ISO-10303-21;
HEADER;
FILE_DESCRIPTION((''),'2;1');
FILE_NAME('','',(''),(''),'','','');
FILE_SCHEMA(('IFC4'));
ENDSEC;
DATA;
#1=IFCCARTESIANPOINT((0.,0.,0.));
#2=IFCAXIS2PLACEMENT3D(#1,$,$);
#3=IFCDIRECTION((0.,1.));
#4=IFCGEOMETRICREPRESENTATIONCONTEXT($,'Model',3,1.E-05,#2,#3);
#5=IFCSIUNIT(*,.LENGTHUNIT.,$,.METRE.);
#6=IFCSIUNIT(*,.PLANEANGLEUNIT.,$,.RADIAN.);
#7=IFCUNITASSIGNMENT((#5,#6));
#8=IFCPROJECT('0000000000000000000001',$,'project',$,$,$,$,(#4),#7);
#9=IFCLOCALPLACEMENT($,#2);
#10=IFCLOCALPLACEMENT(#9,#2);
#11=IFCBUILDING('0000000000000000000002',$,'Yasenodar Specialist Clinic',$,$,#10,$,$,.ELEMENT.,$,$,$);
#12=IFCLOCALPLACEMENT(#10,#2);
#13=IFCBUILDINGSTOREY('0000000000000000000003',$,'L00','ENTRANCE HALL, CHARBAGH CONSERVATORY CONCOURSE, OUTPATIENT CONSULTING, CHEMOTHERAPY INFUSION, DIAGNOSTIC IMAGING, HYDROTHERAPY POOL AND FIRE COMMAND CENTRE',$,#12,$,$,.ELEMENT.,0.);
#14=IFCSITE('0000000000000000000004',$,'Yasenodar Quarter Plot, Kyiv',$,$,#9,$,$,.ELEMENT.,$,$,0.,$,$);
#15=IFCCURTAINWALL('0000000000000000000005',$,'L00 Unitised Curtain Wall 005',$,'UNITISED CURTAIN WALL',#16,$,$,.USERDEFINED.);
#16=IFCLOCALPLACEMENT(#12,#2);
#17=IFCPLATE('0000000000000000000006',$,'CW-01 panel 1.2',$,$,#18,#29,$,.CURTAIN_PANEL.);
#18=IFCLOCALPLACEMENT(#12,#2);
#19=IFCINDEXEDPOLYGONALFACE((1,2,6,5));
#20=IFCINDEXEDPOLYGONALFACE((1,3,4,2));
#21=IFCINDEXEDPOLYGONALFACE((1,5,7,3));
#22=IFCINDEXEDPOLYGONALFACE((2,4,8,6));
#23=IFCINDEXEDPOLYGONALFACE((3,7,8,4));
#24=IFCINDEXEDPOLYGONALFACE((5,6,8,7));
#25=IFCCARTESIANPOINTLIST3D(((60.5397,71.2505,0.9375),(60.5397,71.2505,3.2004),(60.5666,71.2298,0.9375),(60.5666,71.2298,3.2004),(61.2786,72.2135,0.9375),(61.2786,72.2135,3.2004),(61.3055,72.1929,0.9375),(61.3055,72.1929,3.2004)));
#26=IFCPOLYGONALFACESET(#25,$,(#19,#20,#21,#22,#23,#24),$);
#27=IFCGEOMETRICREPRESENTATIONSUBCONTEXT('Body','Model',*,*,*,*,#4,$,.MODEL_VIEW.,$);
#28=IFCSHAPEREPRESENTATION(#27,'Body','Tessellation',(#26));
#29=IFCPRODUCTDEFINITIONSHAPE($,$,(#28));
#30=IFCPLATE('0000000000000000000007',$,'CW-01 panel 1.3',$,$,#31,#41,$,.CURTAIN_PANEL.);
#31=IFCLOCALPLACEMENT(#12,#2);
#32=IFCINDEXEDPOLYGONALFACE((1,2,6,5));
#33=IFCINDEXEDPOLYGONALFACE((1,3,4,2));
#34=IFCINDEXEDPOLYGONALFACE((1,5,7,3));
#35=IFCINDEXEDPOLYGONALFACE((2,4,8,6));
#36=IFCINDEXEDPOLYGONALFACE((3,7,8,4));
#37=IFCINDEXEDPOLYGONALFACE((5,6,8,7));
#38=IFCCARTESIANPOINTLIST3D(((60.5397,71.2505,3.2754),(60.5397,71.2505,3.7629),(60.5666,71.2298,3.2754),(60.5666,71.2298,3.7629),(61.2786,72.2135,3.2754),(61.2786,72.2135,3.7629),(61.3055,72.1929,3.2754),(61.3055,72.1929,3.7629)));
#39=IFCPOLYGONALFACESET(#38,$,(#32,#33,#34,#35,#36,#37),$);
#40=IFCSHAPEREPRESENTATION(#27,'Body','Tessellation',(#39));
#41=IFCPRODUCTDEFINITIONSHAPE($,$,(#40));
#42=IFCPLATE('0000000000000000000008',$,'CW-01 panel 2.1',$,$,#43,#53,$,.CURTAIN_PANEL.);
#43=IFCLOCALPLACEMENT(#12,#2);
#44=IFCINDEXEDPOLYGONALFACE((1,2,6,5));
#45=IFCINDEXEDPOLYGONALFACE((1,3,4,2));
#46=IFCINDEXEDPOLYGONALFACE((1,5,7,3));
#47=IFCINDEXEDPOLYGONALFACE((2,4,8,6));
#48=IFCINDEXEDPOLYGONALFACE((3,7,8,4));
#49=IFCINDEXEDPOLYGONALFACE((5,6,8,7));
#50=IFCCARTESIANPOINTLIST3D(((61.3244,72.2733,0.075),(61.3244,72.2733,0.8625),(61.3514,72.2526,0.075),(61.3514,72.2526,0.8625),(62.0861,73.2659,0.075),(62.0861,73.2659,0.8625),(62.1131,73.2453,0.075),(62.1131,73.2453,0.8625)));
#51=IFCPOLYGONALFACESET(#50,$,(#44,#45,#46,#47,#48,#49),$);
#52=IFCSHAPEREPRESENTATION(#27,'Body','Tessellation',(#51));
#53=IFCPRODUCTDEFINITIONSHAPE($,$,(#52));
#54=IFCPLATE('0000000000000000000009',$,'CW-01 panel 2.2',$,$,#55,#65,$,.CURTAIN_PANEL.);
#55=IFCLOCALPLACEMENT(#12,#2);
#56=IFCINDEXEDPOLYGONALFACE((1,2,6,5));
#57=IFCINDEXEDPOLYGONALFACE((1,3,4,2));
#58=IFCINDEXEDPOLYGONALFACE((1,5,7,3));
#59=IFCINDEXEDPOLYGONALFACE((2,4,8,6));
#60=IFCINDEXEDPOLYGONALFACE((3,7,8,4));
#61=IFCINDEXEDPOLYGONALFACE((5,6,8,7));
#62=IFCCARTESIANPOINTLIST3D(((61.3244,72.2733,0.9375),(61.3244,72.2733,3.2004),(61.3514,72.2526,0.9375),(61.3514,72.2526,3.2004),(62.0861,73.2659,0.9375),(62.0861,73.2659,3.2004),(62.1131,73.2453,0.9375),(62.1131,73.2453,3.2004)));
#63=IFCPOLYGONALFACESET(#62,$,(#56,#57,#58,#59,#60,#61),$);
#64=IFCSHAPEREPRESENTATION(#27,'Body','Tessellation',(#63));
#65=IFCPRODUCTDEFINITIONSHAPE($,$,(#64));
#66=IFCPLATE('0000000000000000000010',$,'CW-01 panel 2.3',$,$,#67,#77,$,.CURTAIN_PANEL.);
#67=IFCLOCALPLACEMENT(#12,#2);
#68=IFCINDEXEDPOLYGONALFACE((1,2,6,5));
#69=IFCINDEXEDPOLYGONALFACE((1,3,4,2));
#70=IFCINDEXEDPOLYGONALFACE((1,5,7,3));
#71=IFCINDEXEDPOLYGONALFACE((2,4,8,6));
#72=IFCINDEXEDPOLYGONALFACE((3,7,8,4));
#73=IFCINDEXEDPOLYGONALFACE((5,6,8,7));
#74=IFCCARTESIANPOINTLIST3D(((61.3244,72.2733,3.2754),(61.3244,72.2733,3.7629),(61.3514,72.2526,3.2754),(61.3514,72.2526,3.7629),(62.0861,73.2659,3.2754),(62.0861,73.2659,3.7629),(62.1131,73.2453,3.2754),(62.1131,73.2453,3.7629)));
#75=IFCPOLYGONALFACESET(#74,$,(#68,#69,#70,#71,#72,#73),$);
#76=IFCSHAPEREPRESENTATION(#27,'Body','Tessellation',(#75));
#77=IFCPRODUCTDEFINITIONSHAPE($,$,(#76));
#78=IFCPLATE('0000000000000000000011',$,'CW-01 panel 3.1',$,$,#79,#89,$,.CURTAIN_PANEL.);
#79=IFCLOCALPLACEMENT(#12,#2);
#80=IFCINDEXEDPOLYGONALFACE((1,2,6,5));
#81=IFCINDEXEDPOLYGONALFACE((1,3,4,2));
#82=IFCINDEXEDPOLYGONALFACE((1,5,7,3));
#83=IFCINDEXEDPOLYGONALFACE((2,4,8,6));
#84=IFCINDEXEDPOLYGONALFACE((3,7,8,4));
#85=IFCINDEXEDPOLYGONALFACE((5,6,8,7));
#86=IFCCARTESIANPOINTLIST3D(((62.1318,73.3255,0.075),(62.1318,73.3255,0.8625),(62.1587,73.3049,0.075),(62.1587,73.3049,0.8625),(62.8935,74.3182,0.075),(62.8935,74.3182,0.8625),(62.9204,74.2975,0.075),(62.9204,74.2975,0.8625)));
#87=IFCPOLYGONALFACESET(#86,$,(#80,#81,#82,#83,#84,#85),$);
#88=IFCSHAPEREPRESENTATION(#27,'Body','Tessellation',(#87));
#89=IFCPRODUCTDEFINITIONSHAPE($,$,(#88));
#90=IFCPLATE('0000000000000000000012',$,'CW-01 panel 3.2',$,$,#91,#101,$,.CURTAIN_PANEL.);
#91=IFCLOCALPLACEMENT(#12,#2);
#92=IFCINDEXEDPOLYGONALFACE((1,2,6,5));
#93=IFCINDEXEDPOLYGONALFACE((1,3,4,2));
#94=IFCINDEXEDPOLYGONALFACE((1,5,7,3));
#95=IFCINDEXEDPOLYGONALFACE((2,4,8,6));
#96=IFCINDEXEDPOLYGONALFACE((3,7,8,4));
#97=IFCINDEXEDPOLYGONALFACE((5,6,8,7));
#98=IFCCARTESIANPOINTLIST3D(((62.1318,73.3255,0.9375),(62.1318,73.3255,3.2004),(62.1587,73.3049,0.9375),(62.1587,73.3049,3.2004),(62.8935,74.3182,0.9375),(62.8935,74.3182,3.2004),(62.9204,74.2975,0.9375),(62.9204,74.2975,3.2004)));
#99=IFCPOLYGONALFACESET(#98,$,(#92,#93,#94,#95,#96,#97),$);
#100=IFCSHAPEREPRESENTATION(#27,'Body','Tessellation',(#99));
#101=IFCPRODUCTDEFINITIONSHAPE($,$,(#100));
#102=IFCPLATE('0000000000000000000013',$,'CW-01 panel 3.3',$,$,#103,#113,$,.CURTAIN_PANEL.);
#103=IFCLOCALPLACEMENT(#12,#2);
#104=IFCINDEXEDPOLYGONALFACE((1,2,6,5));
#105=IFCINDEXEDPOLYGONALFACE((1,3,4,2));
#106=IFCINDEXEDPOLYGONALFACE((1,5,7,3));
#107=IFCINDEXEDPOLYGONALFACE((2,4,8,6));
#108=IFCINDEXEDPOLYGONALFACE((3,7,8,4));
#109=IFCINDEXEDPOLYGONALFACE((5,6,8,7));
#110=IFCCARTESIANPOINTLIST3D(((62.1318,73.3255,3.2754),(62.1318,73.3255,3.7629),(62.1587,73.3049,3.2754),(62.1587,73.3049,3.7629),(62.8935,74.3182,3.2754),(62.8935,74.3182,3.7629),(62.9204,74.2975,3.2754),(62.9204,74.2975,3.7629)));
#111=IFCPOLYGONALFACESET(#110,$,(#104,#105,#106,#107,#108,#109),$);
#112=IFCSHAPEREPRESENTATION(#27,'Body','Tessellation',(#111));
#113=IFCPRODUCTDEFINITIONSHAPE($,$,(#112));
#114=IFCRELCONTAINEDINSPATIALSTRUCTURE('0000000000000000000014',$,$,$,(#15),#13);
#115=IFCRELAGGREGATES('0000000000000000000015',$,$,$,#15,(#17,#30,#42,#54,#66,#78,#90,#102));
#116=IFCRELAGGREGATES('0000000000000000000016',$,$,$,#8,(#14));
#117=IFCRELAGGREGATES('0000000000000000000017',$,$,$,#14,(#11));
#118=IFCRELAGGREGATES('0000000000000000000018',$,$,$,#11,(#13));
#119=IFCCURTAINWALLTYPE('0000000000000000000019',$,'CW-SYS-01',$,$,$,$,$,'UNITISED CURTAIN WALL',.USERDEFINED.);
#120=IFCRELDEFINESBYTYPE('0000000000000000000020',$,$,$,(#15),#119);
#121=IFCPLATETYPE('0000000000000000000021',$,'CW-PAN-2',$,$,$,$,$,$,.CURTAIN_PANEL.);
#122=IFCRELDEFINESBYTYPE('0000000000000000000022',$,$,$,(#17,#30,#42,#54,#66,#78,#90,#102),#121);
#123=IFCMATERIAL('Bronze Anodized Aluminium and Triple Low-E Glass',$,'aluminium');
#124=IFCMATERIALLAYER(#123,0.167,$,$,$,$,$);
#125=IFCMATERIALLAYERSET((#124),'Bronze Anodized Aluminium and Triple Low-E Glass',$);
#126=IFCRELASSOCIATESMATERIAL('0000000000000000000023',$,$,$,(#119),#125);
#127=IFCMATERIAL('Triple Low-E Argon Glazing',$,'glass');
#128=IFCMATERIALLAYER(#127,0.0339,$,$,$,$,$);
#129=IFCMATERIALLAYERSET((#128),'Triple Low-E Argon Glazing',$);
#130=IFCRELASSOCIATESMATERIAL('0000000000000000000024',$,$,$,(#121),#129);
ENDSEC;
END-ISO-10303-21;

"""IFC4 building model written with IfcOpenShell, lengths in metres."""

from ifc_helpers import new_model, si_unit, direction, frame, origin, origin_2d, place, context, subcontext, project, spatial, rectangle, extrude, material, layer, layer_set, type_object, element, aggregate, save


model = new_model("IFC4")

# Units and contexts
model_context = context("Model", 3, precision=1e-05, world=origin(), true_north=direction((0.0, 1.0)))
body_context = subcontext(model_context, "Body", "Model", "MODEL_VIEW")
ifc_project = project(units=[si_unit("LENGTHUNIT", "METRE"), si_unit("PLANEANGLEUNIT", "RADIAN")], contexts=[model_context])

# Site, building, storey
site_placement = place(None, origin())
site = spatial("IfcSite", under=ifc_project, at=site_placement, Name="Yasenodar Quarter Plot, Kyiv", CompositionType="ELEMENT", RefElevation=0.0)
building_placement = place(site_placement, origin())
building = spatial("IfcBuilding", under=site, at=building_placement, Name="Yasenodar Specialist Clinic", CompositionType="ELEMENT")
storey_placement = place(building_placement, origin())
storey = spatial("IfcBuildingStorey", under=building, at=storey_placement, Name="L00", Description="ENTRANCE HALL, CHARBAGH CONSERVATORY CONCOURSE, OUTPATIENT CONSULTING, CHEMOTHERAPY INFUSION, DIAGNOSTIC IMAGING, HYDROTHERAPY POOL AND FIRE COMMAND CENTRE", CompositionType="ELEMENT", Elevation=0.0)

# Curtain wall, plates
ifc_material_1 = material(Name="Bronze Anodized Aluminium and Triple Low-E Glass", Category="aluminium")
ifc_layer_1 = layer(ifc_material_1, 0.167)
ifc_layer_set_1 = layer_set([ifc_layer_1], Name="Bronze Anodized Aluminium and Triple Low-E Glass")
curtain_wall_type = type_object("IfcCurtainWallType", Name="CW-SYS-01", ElementType="UNITISED CURTAIN WALL", PredefinedType="USERDEFINED", material=ifc_layer_set_1)
curtain_wall_placement = place(storey_placement, origin())
curtain_wall = element("IfcCurtainWall", 1, at=curtain_wall_placement, inside=storey, type_object=curtain_wall_type, Name="L00 Unitised Curtain Wall 005", ObjectType="UNITISED CURTAIN WALL", PredefinedType="USERDEFINED")
ifc_material_2 = material(Name="Triple Low-E Argon Glazing", Category="glass")
ifc_layer_2 = layer(ifc_material_2, 0.0339)
ifc_layer_set_2 = layer_set([ifc_layer_2], Name="Triple Low-E Argon Glazing")
plate_type = type_object("IfcPlateType", Name="CW-PAN-2", PredefinedType="CURTAIN_PANEL", material=ifc_layer_set_2)
plate_1_placement = place(storey_placement, frame((60.9226, 71.7217, 0.9375), z_axis=(0.0, 0.0, 1.0), x_axis=(0.608752, 0.793361, 0.0)))
plate_1 = element("IfcPlate", 2, at=plate_1_placement, type_object=plate_type, Name="CW-01 panel 1.2", PredefinedType="CURTAIN_PANEL", context=body_context, shape_type="SweptSolid", body=[
    extrude(rectangle(XDim=1.2139, YDim=0.0339, at=origin_2d()), origin(), (0.0, 0.0, 1.0), 2.2629),
])
plate_2_placement = place(storey_placement, frame((60.9226, 71.7217, 3.2754), z_axis=(0.0, 0.0, 1.0), x_axis=(0.608752, 0.793361, 0.0)))
plate_2 = element("IfcPlate", 3, at=plate_2_placement, type_object=plate_type, Name="CW-01 panel 1.3", PredefinedType="CURTAIN_PANEL", context=body_context, shape_type="SweptSolid", body=[
    extrude(rectangle(XDim=1.2139, YDim=0.0339, at=origin_2d()), origin(), (0.0, 0.0, 1.0), 0.4875),
])
plate_3_placement = place(storey_placement, frame((61.7188, 72.7593, 0.075), z_axis=(0.0, 0.0, 1.0), x_axis=(0.608752, 0.793361, 0.0)))
plate_3 = element("IfcPlate", 4, at=plate_3_placement, type_object=plate_type, Name="CW-01 panel 2.1", PredefinedType="CURTAIN_PANEL", context=body_context, shape_type="SweptSolid", body=[
    extrude(rectangle(XDim=1.2512, YDim=0.0339, at=origin_2d()), origin(), (0.0, 0.0, 1.0), 0.7876),
])
plate_4_placement = place(storey_placement, frame((61.7188, 72.7593, 0.9375), z_axis=(0.0, 0.0, 1.0), x_axis=(0.608752, 0.793361, 0.0)))
plate_4 = element("IfcPlate", 5, at=plate_4_placement, type_object=plate_type, Name="CW-01 panel 2.2", PredefinedType="CURTAIN_PANEL", context=body_context, shape_type="SweptSolid", body=[
    extrude(rectangle(XDim=1.2512, YDim=0.0339, at=origin_2d()), origin(), (0.0, 0.0, 1.0), 2.2629),
])
plate_5_placement = place(storey_placement, frame((61.7188, 72.7593, 3.2754), z_axis=(0.0, 0.0, 1.0), x_axis=(0.608752, 0.793361, 0.0)))
plate_5 = element("IfcPlate", 6, at=plate_5_placement, type_object=plate_type, Name="CW-01 panel 2.3", PredefinedType="CURTAIN_PANEL", context=body_context, shape_type="SweptSolid", body=[
    extrude(rectangle(XDim=1.2512, YDim=0.0339, at=origin_2d()), origin(), (0.0, 0.0, 1.0), 0.4875),
])
plate_6_placement = place(storey_placement, frame((62.5261, 73.8115, 0.075), z_axis=(0.0, 0.0, 1.0), x_axis=(0.608752, 0.793361, 0.0)))
plate_6 = element("IfcPlate", 7, at=plate_6_placement, type_object=plate_type, Name="CW-01 panel 3.1", PredefinedType="CURTAIN_PANEL", context=body_context, shape_type="SweptSolid", body=[
    extrude(rectangle(XDim=1.2512, YDim=0.0339, at=origin_2d()), origin(), (0.0, 0.0, 1.0), 0.7876),
])
plate_7_placement = place(storey_placement, frame((62.5261, 73.8115, 0.9375), z_axis=(0.0, 0.0, 1.0), x_axis=(0.608752, 0.793361, 0.0)))
plate_7 = element("IfcPlate", 8, at=plate_7_placement, type_object=plate_type, Name="CW-01 panel 3.2", PredefinedType="CURTAIN_PANEL", context=body_context, shape_type="SweptSolid", body=[
    extrude(rectangle(XDim=1.2512, YDim=0.0339, at=origin_2d()), origin(), (0.0, 0.0, 1.0), 2.2629),
])
plate_8_placement = place(storey_placement, frame((62.5261, 73.8115, 3.2754), z_axis=(0.0, 0.0, 1.0), x_axis=(0.608752, 0.793361, 0.0)))
plate_8 = element("IfcPlate", 9, at=plate_8_placement, type_object=plate_type, Name="CW-01 panel 3.3", PredefinedType="CURTAIN_PANEL", context=body_context, shape_type="SweptSolid", body=[
    extrude(rectangle(XDim=1.2512, YDim=0.0339, at=origin_2d()), origin(), (0.0, 0.0, 1.0), 0.4875),
])
aggregate(curtain_wall, [plate_1, plate_2, plate_3, plate_4, plate_5, plate_6, plate_7, plate_8])

save(model, "model.ifc")
